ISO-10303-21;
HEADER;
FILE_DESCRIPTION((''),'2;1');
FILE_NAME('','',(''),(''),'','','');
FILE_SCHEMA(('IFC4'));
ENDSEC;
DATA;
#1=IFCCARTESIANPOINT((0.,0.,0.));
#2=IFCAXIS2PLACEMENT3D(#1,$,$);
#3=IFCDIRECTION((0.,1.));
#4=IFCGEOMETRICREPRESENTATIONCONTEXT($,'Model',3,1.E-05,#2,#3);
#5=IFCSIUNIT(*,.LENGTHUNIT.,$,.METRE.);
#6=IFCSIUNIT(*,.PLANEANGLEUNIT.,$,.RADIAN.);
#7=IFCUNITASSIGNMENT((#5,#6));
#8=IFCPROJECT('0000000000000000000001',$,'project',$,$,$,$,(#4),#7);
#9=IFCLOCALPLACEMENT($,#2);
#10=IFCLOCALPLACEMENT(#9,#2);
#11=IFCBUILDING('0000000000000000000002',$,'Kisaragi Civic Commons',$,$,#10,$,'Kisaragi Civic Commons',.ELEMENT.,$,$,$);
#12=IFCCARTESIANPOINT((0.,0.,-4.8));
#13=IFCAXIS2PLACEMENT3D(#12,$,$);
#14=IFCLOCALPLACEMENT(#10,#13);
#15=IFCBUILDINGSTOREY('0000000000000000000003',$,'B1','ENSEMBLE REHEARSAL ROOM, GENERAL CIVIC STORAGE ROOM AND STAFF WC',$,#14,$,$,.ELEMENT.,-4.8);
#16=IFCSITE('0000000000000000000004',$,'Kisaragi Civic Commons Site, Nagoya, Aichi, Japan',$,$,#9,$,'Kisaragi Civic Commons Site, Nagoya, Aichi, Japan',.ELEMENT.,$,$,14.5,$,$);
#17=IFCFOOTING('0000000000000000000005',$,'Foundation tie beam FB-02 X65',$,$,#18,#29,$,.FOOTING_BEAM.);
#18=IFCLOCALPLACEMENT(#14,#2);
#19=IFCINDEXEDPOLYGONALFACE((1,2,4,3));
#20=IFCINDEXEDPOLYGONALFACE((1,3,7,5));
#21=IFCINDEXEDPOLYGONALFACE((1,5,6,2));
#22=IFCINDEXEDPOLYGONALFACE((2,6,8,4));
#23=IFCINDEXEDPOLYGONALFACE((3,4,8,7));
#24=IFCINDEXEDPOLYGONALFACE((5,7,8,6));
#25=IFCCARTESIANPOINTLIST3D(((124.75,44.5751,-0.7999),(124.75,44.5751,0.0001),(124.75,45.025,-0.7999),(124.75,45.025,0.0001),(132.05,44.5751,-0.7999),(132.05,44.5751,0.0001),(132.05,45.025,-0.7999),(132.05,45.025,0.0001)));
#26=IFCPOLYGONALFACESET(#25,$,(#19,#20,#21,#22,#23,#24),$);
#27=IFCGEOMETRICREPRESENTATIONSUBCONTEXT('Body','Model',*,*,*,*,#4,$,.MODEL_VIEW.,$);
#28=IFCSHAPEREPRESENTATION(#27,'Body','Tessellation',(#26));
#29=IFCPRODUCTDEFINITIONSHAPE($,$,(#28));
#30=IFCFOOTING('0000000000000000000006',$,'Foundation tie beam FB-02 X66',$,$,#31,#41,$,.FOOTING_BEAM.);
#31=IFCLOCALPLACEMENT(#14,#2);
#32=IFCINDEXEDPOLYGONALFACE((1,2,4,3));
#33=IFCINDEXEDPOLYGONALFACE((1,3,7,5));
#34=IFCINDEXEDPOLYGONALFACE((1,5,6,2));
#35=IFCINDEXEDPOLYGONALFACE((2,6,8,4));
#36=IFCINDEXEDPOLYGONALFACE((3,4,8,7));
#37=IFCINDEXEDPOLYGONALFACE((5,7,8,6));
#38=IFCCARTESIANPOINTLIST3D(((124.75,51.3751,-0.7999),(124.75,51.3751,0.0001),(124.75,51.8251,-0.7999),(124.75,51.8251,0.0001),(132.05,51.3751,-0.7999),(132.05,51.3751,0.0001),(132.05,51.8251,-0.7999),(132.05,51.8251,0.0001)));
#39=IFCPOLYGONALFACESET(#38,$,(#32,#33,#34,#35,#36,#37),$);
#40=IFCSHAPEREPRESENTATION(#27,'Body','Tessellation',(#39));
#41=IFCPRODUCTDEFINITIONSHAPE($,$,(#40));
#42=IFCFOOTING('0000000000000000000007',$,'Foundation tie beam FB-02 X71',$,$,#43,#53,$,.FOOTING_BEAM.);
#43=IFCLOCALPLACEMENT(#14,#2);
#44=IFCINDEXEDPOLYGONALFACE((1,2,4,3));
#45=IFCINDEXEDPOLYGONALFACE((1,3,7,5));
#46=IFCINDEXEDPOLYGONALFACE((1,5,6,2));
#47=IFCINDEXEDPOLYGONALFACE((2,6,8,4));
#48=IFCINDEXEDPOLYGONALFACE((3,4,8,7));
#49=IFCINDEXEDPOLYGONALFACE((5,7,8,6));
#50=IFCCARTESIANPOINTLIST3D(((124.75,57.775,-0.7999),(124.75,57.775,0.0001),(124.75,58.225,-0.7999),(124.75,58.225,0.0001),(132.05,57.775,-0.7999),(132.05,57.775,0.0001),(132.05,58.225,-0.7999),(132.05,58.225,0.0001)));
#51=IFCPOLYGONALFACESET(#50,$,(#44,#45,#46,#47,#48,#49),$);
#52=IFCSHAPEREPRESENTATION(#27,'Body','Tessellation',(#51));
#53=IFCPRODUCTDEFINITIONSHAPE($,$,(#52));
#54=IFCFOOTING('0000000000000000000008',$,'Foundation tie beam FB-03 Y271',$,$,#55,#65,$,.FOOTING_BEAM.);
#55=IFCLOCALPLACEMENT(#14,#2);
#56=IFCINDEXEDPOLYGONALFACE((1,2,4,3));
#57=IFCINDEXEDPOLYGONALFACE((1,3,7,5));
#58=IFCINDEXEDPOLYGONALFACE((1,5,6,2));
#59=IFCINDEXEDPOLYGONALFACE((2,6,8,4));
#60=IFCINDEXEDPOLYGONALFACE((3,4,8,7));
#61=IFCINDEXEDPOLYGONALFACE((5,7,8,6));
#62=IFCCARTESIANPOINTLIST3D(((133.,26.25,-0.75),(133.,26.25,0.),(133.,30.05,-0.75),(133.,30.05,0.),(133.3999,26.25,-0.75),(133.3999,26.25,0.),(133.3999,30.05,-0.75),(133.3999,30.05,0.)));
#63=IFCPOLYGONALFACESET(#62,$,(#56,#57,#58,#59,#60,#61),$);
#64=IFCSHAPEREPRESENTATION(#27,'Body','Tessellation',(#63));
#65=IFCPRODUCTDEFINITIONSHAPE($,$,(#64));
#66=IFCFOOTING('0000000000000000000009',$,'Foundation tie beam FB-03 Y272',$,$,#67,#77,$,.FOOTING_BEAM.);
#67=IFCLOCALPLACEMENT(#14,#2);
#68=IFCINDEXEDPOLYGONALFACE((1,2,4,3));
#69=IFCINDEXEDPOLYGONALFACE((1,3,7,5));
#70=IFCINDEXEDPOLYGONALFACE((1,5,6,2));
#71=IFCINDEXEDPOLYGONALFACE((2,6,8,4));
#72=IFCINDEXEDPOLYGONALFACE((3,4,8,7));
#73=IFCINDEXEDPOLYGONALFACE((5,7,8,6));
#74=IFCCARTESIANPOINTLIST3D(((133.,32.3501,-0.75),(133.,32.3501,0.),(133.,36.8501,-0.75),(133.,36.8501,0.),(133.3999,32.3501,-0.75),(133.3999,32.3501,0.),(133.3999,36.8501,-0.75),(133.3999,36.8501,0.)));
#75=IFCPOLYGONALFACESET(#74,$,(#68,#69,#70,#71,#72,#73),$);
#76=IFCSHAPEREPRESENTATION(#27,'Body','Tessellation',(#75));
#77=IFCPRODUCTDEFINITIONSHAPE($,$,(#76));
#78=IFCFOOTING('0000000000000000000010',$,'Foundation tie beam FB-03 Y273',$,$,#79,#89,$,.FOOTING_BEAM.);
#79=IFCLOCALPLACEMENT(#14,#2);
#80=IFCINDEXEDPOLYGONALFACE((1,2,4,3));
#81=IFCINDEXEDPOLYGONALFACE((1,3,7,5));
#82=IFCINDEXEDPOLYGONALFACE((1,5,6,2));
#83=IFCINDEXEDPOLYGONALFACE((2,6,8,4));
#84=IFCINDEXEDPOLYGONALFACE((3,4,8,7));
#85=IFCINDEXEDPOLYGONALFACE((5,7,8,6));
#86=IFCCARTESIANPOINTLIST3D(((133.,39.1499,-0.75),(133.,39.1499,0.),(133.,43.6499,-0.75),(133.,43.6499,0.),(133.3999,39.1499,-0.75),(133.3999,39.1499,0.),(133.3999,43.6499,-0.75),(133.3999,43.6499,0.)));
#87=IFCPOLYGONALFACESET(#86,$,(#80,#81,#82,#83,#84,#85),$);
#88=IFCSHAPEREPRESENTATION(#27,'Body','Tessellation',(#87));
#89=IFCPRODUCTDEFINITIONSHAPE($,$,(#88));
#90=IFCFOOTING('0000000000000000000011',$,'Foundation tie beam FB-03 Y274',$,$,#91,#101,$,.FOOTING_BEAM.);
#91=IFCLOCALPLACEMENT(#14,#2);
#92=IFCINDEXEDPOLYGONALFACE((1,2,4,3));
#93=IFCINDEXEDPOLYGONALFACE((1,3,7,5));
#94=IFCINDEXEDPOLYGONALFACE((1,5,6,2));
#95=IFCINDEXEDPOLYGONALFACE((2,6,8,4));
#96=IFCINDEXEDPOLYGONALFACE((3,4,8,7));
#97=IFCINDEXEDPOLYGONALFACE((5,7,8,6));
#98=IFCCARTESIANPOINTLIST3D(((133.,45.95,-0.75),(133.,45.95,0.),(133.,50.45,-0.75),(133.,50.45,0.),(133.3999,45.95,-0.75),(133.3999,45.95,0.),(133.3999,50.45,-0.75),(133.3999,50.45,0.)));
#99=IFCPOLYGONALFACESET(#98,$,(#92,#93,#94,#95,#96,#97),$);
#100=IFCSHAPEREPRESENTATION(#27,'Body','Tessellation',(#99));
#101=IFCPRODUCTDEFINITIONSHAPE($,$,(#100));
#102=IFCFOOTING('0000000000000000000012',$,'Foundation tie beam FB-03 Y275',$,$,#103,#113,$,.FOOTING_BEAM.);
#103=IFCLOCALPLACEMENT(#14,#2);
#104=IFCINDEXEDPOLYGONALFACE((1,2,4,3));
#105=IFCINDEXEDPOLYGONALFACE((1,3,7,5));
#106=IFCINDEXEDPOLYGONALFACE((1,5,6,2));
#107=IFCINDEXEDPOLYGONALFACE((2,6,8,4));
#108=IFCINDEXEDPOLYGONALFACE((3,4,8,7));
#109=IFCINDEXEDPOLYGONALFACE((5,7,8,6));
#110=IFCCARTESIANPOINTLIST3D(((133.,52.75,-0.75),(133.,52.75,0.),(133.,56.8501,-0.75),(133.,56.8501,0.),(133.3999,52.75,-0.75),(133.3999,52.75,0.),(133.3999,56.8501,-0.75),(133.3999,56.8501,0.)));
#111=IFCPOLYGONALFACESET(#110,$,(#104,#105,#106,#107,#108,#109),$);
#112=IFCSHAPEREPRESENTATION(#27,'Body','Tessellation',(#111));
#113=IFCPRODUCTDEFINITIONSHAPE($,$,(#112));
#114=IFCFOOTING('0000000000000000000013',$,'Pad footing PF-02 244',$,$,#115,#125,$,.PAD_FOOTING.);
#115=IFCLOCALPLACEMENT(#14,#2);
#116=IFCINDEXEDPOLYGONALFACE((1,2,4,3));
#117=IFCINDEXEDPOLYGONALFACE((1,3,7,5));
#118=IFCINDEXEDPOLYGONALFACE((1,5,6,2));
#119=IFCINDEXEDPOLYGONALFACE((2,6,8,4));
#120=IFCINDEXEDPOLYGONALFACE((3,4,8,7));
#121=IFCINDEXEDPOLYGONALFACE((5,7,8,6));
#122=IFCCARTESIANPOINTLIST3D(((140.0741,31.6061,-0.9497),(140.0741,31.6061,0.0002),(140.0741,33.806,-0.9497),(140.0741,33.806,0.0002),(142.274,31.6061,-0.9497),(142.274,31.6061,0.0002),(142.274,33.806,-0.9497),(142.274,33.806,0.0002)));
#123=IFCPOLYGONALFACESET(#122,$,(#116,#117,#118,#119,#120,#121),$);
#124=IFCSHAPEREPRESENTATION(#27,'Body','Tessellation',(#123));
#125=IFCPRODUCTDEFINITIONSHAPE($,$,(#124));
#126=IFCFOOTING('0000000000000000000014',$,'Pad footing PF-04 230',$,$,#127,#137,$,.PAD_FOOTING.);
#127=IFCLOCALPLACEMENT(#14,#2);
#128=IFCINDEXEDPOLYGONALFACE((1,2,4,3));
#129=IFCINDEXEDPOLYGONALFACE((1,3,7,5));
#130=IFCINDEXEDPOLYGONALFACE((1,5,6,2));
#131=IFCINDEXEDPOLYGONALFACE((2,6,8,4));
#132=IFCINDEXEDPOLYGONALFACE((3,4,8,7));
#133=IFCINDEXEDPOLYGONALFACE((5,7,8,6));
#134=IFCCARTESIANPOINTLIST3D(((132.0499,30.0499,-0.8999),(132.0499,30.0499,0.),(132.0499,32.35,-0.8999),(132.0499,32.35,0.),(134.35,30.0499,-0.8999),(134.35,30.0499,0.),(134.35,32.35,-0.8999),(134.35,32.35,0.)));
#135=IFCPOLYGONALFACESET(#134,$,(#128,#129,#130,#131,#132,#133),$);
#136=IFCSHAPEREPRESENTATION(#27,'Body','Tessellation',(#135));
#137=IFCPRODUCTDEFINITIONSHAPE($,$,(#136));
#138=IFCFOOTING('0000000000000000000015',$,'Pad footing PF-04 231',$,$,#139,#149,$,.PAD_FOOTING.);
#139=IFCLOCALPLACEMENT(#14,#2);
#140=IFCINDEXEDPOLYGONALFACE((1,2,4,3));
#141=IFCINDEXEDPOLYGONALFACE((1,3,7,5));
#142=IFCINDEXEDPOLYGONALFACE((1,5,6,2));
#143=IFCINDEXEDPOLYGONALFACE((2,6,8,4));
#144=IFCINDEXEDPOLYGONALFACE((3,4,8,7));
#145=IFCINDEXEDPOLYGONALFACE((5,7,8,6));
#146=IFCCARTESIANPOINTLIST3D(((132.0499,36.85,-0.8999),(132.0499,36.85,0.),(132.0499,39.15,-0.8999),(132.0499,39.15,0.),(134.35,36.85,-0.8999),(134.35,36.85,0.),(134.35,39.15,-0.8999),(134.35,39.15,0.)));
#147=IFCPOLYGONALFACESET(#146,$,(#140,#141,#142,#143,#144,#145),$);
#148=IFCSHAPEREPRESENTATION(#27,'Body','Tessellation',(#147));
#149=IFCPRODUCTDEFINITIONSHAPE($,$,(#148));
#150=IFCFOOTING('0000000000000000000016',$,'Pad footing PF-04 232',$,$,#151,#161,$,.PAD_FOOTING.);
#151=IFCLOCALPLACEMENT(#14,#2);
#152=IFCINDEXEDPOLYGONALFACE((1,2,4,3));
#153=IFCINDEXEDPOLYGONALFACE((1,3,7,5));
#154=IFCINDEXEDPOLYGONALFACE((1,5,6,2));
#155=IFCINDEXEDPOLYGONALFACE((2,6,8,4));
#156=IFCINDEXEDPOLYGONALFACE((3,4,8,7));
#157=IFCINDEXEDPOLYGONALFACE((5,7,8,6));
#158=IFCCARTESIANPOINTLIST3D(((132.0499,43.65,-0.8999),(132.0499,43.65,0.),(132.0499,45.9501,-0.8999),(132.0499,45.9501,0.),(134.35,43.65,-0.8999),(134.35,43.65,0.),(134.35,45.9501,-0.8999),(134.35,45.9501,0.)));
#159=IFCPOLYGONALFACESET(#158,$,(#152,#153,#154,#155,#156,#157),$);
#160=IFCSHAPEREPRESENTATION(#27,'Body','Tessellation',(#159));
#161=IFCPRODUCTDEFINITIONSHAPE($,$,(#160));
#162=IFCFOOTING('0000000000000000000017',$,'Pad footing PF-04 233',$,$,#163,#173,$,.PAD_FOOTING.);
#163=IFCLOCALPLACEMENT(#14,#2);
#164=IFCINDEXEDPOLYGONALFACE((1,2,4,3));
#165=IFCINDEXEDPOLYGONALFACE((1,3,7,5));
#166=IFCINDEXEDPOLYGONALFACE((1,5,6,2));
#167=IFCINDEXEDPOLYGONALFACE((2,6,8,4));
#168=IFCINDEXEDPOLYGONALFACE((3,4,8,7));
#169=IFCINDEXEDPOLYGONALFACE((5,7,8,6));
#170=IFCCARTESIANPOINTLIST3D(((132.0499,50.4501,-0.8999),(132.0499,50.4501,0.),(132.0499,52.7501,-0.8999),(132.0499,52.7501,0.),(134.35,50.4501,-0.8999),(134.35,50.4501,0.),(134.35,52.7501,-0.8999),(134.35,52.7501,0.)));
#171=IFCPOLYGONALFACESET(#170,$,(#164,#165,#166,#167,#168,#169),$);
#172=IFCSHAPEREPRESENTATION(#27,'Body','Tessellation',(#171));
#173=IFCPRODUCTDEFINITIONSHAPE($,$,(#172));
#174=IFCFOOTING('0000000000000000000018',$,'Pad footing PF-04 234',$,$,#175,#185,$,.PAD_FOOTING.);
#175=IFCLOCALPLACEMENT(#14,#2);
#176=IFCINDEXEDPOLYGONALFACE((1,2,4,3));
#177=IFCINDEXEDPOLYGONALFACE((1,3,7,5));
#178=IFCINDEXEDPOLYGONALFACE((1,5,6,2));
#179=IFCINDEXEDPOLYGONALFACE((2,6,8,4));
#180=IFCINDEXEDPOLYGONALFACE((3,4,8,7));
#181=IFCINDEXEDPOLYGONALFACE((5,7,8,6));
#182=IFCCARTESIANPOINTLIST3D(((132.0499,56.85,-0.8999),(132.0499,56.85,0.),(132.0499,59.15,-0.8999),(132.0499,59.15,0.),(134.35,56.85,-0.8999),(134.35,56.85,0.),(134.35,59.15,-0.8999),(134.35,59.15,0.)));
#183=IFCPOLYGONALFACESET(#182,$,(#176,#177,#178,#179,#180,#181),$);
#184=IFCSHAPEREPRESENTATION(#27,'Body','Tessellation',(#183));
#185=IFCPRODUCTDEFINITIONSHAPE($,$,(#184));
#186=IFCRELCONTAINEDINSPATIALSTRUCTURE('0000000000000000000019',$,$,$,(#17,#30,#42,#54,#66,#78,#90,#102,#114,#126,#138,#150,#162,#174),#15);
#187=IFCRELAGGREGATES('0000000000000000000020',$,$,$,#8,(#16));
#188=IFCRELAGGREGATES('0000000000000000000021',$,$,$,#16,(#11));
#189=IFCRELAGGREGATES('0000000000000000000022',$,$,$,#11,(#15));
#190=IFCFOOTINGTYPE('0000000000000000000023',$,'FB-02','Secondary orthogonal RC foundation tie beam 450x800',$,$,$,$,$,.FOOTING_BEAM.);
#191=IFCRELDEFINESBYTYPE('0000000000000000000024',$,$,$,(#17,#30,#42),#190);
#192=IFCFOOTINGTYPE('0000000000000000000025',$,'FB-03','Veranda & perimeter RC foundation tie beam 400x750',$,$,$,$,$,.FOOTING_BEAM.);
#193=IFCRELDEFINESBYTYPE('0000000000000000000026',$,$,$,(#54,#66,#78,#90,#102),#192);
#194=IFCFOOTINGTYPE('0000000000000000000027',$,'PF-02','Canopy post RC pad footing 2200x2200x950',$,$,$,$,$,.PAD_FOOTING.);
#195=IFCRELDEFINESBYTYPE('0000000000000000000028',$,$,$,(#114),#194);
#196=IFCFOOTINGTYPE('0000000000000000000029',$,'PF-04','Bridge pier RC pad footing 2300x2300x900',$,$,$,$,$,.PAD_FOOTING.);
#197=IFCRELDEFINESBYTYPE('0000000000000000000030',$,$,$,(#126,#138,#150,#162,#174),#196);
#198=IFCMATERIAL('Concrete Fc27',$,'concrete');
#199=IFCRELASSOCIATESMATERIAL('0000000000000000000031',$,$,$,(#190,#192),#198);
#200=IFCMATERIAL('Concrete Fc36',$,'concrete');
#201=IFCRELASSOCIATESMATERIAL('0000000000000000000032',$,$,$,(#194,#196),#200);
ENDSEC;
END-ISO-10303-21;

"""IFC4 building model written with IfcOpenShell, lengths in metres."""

from ifc_helpers import new_model, si_unit, direction, frame, origin, origin_2d, place, context, subcontext, project, spatial, rectangle, extrude, material, material_profile, profile_set, type_object, element, save


model = new_model("IFC4")

# Units and contexts
model_context = context("Model", 3, precision=1e-05, world=origin(), true_north=direction((0.0, 1.0)))
body_context = subcontext(model_context, "Body", "Model", "MODEL_VIEW")
ifc_project = project(units=[si_unit("LENGTHUNIT", "METRE"), si_unit("PLANEANGLEUNIT", "RADIAN")], contexts=[model_context])

# Site, building, storey
site_placement = place(None, origin())
site = spatial("IfcSite", under=ifc_project, at=site_placement, Name="Kisaragi Civic Commons Site, Nagoya, Aichi, Japan", LongName="Kisaragi Civic Commons Site, Nagoya, Aichi, Japan", CompositionType="ELEMENT", RefElevation=14.5)
building_placement = place(site_placement, origin())
building = spatial("IfcBuilding", under=site, at=building_placement, Name="Kisaragi Civic Commons", LongName="Kisaragi Civic Commons", CompositionType="ELEMENT")
storey_placement = place(building_placement, frame((0.0, 0.0, -4.8)))
storey = spatial("IfcBuildingStorey", under=building, at=storey_placement, Name="B1", Description="ENSEMBLE REHEARSAL ROOM, GENERAL CIVIC STORAGE ROOM AND STAFF WC", CompositionType="ELEMENT", Elevation=-4.8)

# Footings
ifc_material_1 = material(Name="Concrete Fc27", Category="concrete")
ifc_material_profile_1 = material_profile(ifc_material_1, rectangle(XDim=0.45, YDim=0.8, at=origin_2d()), Name="RC-450x800", Category="concrete")
ifc_profile_set_1 = profile_set([ifc_material_profile_1], Name="Concrete Fc27")
footing_type_1 = type_object("IfcFootingType", Name="FB-02", Description="Secondary orthogonal RC foundation tie beam 450x800", PredefinedType="FOOTING_BEAM", material=ifc_profile_set_1)
for number, where, z_axis, x_axis, name in (
    (1, (124.75, 44.8, -0.3999), (1.0, 0.0, 0.0), (0.0, 1.0, 0.0), "Foundation tie beam FB-02 X65"),
    (2, (124.75, 51.6001, -0.3999), (1.0, 0.0, 0.0), (0.0, 1.0, 0.0), "Foundation tie beam FB-02 X66"),
    (3, (124.75, 58.0, -0.3999), (1.0, 0.0, 0.0), (0.0, 1.0, 0.0), "Foundation tie beam FB-02 X71"),
):
    element("IfcFooting", number, at=place(storey_placement, frame(where, z_axis=z_axis, x_axis=x_axis)), inside=storey, type_object=footing_type_1, Name=name, PredefinedType="FOOTING_BEAM", context=body_context, shape_type="SweptSolid", body=[
        extrude(rectangle(XDim=0.45, YDim=0.8, at=origin_2d()), origin(), (0.0, 0.0, 1.0), 7.3),
    ])
ifc_material_profile_2 = material_profile(ifc_material_1, rectangle(XDim=0.3999, YDim=0.75, at=origin_2d()), Name="RC-400x750", Category="concrete")
ifc_profile_set_2 = profile_set([ifc_material_profile_2], Name="Concrete Fc27")
footing_type_2 = type_object("IfcFootingType", Name="FB-03", Description="Veranda & perimeter RC foundation tie beam 400x750", PredefinedType="FOOTING_BEAM", material=ifc_profile_set_2)
footing_1_placement = place(storey_placement, frame((133.2, 26.25, -0.375), z_axis=(0.0, 1.0, 0.0), x_axis=(-1.0, 0.0, 0.0)))
element("IfcFooting", 4, at=footing_1_placement, inside=storey, type_object=footing_type_2, Name="Foundation tie beam FB-03 Y271", PredefinedType="FOOTING_BEAM", context=body_context, shape_type="SweptSolid", body=[
    extrude(rectangle(XDim=0.3999, YDim=0.75, at=origin_2d()), origin(), (0.0, 0.0, 1.0), 3.8),
])
for number, where, z_axis, x_axis, name in (
    (5, (133.2, 32.3501, -0.375), (0.0, 1.0, 0.0), (-1.0, 0.0, 0.0), "Foundation tie beam FB-03 Y272"),
    (6, (133.2, 39.1499, -0.375), (0.0, 1.0, 0.0), (-1.0, 0.0, 0.0), "Foundation tie beam FB-03 Y273"),
    (7, (133.2, 45.95, -0.375), (0.0, 1.0, 0.0), (-1.0, 0.0, 0.0), "Foundation tie beam FB-03 Y274"),
):
    element("IfcFooting", number, at=place(storey_placement, frame(where, z_axis=z_axis, x_axis=x_axis)), inside=storey, type_object=footing_type_2, Name=name, PredefinedType="FOOTING_BEAM", context=body_context, shape_type="SweptSolid", body=[
        extrude(rectangle(XDim=0.3999, YDim=0.75, at=origin_2d()), origin(), (0.0, 0.0, 1.0), 4.5),
    ])
footing_2_placement = place(storey_placement, frame((133.2, 52.75, -0.375), z_axis=(0.0, 1.0, 0.0), x_axis=(-1.0, 0.0, 0.0)))
element("IfcFooting", 8, at=footing_2_placement, inside=storey, type_object=footing_type_2, Name="Foundation tie beam FB-03 Y275", PredefinedType="FOOTING_BEAM", context=body_context, shape_type="SweptSolid", body=[
    extrude(rectangle(XDim=0.3999, YDim=0.75, at=origin_2d()), origin(), (0.0, 0.0, 1.0), 4.1001),
])
ifc_material_2 = material(Name="Concrete Fc36", Category="concrete")
footing_type_3 = type_object("IfcFootingType", Name="PF-02", Description="Canopy post RC pad footing 2200x2200x950", PredefinedType="PAD_FOOTING", material=ifc_material_2)
footing_3_placement = place(storey_placement, frame((141.1741, 32.7061, -0.9497), z_axis=(0.0, 0.0, 1.0), x_axis=(1.0, 0.0, 0.0)))
element("IfcFooting", 9, at=footing_3_placement, inside=storey, type_object=footing_type_3, Name="Pad footing PF-02 244", PredefinedType="PAD_FOOTING", context=body_context, shape_type="SweptSolid", body=[
    extrude(rectangle(XDim=2.2, YDim=2.2, at=origin_2d()), origin(), (0.0, 0.0, 1.0), 0.95),
])
footing_type_4 = type_object("IfcFootingType", Name="PF-04", Description="Bridge pier RC pad footing 2300x2300x900", PredefinedType="PAD_FOOTING", material=ifc_material_2)
for number, where, z_axis, x_axis, name in (
    (10, (133.2, 31.2, -0.8999), (0.0, 0.0, 1.0), (1.0, 0.0, 0.0), "Pad footing PF-04 230"),
    (11, (133.2, 38.0, -0.8999), (0.0, 0.0, 1.0), (1.0, 0.0, 0.0), "Pad footing PF-04 231"),
    (12, (133.2, 44.8, -0.8999), (0.0, 0.0, 1.0), (1.0, 0.0, 0.0), "Pad footing PF-04 232"),
    (13, (133.2, 51.6001, -0.8999), (0.0, 0.0, 1.0), (1.0, 0.0, 0.0), "Pad footing PF-04 233"),
    (14, (133.2, 58.0, -0.8999), (0.0, 0.0, 1.0), (1.0, 0.0, 0.0), "Pad footing PF-04 234"),
):
    element("IfcFooting", number, at=place(storey_placement, frame(where, z_axis=z_axis, x_axis=x_axis)), inside=storey, type_object=footing_type_4, Name=name, PredefinedType="PAD_FOOTING", context=body_context, shape_type="SweptSolid", body=[
        extrude(rectangle(XDim=2.3, YDim=2.3, at=origin_2d()), origin(), (0.0, 0.0, 1.0), 0.8999),
    ])

save(model, "model.ifc")
